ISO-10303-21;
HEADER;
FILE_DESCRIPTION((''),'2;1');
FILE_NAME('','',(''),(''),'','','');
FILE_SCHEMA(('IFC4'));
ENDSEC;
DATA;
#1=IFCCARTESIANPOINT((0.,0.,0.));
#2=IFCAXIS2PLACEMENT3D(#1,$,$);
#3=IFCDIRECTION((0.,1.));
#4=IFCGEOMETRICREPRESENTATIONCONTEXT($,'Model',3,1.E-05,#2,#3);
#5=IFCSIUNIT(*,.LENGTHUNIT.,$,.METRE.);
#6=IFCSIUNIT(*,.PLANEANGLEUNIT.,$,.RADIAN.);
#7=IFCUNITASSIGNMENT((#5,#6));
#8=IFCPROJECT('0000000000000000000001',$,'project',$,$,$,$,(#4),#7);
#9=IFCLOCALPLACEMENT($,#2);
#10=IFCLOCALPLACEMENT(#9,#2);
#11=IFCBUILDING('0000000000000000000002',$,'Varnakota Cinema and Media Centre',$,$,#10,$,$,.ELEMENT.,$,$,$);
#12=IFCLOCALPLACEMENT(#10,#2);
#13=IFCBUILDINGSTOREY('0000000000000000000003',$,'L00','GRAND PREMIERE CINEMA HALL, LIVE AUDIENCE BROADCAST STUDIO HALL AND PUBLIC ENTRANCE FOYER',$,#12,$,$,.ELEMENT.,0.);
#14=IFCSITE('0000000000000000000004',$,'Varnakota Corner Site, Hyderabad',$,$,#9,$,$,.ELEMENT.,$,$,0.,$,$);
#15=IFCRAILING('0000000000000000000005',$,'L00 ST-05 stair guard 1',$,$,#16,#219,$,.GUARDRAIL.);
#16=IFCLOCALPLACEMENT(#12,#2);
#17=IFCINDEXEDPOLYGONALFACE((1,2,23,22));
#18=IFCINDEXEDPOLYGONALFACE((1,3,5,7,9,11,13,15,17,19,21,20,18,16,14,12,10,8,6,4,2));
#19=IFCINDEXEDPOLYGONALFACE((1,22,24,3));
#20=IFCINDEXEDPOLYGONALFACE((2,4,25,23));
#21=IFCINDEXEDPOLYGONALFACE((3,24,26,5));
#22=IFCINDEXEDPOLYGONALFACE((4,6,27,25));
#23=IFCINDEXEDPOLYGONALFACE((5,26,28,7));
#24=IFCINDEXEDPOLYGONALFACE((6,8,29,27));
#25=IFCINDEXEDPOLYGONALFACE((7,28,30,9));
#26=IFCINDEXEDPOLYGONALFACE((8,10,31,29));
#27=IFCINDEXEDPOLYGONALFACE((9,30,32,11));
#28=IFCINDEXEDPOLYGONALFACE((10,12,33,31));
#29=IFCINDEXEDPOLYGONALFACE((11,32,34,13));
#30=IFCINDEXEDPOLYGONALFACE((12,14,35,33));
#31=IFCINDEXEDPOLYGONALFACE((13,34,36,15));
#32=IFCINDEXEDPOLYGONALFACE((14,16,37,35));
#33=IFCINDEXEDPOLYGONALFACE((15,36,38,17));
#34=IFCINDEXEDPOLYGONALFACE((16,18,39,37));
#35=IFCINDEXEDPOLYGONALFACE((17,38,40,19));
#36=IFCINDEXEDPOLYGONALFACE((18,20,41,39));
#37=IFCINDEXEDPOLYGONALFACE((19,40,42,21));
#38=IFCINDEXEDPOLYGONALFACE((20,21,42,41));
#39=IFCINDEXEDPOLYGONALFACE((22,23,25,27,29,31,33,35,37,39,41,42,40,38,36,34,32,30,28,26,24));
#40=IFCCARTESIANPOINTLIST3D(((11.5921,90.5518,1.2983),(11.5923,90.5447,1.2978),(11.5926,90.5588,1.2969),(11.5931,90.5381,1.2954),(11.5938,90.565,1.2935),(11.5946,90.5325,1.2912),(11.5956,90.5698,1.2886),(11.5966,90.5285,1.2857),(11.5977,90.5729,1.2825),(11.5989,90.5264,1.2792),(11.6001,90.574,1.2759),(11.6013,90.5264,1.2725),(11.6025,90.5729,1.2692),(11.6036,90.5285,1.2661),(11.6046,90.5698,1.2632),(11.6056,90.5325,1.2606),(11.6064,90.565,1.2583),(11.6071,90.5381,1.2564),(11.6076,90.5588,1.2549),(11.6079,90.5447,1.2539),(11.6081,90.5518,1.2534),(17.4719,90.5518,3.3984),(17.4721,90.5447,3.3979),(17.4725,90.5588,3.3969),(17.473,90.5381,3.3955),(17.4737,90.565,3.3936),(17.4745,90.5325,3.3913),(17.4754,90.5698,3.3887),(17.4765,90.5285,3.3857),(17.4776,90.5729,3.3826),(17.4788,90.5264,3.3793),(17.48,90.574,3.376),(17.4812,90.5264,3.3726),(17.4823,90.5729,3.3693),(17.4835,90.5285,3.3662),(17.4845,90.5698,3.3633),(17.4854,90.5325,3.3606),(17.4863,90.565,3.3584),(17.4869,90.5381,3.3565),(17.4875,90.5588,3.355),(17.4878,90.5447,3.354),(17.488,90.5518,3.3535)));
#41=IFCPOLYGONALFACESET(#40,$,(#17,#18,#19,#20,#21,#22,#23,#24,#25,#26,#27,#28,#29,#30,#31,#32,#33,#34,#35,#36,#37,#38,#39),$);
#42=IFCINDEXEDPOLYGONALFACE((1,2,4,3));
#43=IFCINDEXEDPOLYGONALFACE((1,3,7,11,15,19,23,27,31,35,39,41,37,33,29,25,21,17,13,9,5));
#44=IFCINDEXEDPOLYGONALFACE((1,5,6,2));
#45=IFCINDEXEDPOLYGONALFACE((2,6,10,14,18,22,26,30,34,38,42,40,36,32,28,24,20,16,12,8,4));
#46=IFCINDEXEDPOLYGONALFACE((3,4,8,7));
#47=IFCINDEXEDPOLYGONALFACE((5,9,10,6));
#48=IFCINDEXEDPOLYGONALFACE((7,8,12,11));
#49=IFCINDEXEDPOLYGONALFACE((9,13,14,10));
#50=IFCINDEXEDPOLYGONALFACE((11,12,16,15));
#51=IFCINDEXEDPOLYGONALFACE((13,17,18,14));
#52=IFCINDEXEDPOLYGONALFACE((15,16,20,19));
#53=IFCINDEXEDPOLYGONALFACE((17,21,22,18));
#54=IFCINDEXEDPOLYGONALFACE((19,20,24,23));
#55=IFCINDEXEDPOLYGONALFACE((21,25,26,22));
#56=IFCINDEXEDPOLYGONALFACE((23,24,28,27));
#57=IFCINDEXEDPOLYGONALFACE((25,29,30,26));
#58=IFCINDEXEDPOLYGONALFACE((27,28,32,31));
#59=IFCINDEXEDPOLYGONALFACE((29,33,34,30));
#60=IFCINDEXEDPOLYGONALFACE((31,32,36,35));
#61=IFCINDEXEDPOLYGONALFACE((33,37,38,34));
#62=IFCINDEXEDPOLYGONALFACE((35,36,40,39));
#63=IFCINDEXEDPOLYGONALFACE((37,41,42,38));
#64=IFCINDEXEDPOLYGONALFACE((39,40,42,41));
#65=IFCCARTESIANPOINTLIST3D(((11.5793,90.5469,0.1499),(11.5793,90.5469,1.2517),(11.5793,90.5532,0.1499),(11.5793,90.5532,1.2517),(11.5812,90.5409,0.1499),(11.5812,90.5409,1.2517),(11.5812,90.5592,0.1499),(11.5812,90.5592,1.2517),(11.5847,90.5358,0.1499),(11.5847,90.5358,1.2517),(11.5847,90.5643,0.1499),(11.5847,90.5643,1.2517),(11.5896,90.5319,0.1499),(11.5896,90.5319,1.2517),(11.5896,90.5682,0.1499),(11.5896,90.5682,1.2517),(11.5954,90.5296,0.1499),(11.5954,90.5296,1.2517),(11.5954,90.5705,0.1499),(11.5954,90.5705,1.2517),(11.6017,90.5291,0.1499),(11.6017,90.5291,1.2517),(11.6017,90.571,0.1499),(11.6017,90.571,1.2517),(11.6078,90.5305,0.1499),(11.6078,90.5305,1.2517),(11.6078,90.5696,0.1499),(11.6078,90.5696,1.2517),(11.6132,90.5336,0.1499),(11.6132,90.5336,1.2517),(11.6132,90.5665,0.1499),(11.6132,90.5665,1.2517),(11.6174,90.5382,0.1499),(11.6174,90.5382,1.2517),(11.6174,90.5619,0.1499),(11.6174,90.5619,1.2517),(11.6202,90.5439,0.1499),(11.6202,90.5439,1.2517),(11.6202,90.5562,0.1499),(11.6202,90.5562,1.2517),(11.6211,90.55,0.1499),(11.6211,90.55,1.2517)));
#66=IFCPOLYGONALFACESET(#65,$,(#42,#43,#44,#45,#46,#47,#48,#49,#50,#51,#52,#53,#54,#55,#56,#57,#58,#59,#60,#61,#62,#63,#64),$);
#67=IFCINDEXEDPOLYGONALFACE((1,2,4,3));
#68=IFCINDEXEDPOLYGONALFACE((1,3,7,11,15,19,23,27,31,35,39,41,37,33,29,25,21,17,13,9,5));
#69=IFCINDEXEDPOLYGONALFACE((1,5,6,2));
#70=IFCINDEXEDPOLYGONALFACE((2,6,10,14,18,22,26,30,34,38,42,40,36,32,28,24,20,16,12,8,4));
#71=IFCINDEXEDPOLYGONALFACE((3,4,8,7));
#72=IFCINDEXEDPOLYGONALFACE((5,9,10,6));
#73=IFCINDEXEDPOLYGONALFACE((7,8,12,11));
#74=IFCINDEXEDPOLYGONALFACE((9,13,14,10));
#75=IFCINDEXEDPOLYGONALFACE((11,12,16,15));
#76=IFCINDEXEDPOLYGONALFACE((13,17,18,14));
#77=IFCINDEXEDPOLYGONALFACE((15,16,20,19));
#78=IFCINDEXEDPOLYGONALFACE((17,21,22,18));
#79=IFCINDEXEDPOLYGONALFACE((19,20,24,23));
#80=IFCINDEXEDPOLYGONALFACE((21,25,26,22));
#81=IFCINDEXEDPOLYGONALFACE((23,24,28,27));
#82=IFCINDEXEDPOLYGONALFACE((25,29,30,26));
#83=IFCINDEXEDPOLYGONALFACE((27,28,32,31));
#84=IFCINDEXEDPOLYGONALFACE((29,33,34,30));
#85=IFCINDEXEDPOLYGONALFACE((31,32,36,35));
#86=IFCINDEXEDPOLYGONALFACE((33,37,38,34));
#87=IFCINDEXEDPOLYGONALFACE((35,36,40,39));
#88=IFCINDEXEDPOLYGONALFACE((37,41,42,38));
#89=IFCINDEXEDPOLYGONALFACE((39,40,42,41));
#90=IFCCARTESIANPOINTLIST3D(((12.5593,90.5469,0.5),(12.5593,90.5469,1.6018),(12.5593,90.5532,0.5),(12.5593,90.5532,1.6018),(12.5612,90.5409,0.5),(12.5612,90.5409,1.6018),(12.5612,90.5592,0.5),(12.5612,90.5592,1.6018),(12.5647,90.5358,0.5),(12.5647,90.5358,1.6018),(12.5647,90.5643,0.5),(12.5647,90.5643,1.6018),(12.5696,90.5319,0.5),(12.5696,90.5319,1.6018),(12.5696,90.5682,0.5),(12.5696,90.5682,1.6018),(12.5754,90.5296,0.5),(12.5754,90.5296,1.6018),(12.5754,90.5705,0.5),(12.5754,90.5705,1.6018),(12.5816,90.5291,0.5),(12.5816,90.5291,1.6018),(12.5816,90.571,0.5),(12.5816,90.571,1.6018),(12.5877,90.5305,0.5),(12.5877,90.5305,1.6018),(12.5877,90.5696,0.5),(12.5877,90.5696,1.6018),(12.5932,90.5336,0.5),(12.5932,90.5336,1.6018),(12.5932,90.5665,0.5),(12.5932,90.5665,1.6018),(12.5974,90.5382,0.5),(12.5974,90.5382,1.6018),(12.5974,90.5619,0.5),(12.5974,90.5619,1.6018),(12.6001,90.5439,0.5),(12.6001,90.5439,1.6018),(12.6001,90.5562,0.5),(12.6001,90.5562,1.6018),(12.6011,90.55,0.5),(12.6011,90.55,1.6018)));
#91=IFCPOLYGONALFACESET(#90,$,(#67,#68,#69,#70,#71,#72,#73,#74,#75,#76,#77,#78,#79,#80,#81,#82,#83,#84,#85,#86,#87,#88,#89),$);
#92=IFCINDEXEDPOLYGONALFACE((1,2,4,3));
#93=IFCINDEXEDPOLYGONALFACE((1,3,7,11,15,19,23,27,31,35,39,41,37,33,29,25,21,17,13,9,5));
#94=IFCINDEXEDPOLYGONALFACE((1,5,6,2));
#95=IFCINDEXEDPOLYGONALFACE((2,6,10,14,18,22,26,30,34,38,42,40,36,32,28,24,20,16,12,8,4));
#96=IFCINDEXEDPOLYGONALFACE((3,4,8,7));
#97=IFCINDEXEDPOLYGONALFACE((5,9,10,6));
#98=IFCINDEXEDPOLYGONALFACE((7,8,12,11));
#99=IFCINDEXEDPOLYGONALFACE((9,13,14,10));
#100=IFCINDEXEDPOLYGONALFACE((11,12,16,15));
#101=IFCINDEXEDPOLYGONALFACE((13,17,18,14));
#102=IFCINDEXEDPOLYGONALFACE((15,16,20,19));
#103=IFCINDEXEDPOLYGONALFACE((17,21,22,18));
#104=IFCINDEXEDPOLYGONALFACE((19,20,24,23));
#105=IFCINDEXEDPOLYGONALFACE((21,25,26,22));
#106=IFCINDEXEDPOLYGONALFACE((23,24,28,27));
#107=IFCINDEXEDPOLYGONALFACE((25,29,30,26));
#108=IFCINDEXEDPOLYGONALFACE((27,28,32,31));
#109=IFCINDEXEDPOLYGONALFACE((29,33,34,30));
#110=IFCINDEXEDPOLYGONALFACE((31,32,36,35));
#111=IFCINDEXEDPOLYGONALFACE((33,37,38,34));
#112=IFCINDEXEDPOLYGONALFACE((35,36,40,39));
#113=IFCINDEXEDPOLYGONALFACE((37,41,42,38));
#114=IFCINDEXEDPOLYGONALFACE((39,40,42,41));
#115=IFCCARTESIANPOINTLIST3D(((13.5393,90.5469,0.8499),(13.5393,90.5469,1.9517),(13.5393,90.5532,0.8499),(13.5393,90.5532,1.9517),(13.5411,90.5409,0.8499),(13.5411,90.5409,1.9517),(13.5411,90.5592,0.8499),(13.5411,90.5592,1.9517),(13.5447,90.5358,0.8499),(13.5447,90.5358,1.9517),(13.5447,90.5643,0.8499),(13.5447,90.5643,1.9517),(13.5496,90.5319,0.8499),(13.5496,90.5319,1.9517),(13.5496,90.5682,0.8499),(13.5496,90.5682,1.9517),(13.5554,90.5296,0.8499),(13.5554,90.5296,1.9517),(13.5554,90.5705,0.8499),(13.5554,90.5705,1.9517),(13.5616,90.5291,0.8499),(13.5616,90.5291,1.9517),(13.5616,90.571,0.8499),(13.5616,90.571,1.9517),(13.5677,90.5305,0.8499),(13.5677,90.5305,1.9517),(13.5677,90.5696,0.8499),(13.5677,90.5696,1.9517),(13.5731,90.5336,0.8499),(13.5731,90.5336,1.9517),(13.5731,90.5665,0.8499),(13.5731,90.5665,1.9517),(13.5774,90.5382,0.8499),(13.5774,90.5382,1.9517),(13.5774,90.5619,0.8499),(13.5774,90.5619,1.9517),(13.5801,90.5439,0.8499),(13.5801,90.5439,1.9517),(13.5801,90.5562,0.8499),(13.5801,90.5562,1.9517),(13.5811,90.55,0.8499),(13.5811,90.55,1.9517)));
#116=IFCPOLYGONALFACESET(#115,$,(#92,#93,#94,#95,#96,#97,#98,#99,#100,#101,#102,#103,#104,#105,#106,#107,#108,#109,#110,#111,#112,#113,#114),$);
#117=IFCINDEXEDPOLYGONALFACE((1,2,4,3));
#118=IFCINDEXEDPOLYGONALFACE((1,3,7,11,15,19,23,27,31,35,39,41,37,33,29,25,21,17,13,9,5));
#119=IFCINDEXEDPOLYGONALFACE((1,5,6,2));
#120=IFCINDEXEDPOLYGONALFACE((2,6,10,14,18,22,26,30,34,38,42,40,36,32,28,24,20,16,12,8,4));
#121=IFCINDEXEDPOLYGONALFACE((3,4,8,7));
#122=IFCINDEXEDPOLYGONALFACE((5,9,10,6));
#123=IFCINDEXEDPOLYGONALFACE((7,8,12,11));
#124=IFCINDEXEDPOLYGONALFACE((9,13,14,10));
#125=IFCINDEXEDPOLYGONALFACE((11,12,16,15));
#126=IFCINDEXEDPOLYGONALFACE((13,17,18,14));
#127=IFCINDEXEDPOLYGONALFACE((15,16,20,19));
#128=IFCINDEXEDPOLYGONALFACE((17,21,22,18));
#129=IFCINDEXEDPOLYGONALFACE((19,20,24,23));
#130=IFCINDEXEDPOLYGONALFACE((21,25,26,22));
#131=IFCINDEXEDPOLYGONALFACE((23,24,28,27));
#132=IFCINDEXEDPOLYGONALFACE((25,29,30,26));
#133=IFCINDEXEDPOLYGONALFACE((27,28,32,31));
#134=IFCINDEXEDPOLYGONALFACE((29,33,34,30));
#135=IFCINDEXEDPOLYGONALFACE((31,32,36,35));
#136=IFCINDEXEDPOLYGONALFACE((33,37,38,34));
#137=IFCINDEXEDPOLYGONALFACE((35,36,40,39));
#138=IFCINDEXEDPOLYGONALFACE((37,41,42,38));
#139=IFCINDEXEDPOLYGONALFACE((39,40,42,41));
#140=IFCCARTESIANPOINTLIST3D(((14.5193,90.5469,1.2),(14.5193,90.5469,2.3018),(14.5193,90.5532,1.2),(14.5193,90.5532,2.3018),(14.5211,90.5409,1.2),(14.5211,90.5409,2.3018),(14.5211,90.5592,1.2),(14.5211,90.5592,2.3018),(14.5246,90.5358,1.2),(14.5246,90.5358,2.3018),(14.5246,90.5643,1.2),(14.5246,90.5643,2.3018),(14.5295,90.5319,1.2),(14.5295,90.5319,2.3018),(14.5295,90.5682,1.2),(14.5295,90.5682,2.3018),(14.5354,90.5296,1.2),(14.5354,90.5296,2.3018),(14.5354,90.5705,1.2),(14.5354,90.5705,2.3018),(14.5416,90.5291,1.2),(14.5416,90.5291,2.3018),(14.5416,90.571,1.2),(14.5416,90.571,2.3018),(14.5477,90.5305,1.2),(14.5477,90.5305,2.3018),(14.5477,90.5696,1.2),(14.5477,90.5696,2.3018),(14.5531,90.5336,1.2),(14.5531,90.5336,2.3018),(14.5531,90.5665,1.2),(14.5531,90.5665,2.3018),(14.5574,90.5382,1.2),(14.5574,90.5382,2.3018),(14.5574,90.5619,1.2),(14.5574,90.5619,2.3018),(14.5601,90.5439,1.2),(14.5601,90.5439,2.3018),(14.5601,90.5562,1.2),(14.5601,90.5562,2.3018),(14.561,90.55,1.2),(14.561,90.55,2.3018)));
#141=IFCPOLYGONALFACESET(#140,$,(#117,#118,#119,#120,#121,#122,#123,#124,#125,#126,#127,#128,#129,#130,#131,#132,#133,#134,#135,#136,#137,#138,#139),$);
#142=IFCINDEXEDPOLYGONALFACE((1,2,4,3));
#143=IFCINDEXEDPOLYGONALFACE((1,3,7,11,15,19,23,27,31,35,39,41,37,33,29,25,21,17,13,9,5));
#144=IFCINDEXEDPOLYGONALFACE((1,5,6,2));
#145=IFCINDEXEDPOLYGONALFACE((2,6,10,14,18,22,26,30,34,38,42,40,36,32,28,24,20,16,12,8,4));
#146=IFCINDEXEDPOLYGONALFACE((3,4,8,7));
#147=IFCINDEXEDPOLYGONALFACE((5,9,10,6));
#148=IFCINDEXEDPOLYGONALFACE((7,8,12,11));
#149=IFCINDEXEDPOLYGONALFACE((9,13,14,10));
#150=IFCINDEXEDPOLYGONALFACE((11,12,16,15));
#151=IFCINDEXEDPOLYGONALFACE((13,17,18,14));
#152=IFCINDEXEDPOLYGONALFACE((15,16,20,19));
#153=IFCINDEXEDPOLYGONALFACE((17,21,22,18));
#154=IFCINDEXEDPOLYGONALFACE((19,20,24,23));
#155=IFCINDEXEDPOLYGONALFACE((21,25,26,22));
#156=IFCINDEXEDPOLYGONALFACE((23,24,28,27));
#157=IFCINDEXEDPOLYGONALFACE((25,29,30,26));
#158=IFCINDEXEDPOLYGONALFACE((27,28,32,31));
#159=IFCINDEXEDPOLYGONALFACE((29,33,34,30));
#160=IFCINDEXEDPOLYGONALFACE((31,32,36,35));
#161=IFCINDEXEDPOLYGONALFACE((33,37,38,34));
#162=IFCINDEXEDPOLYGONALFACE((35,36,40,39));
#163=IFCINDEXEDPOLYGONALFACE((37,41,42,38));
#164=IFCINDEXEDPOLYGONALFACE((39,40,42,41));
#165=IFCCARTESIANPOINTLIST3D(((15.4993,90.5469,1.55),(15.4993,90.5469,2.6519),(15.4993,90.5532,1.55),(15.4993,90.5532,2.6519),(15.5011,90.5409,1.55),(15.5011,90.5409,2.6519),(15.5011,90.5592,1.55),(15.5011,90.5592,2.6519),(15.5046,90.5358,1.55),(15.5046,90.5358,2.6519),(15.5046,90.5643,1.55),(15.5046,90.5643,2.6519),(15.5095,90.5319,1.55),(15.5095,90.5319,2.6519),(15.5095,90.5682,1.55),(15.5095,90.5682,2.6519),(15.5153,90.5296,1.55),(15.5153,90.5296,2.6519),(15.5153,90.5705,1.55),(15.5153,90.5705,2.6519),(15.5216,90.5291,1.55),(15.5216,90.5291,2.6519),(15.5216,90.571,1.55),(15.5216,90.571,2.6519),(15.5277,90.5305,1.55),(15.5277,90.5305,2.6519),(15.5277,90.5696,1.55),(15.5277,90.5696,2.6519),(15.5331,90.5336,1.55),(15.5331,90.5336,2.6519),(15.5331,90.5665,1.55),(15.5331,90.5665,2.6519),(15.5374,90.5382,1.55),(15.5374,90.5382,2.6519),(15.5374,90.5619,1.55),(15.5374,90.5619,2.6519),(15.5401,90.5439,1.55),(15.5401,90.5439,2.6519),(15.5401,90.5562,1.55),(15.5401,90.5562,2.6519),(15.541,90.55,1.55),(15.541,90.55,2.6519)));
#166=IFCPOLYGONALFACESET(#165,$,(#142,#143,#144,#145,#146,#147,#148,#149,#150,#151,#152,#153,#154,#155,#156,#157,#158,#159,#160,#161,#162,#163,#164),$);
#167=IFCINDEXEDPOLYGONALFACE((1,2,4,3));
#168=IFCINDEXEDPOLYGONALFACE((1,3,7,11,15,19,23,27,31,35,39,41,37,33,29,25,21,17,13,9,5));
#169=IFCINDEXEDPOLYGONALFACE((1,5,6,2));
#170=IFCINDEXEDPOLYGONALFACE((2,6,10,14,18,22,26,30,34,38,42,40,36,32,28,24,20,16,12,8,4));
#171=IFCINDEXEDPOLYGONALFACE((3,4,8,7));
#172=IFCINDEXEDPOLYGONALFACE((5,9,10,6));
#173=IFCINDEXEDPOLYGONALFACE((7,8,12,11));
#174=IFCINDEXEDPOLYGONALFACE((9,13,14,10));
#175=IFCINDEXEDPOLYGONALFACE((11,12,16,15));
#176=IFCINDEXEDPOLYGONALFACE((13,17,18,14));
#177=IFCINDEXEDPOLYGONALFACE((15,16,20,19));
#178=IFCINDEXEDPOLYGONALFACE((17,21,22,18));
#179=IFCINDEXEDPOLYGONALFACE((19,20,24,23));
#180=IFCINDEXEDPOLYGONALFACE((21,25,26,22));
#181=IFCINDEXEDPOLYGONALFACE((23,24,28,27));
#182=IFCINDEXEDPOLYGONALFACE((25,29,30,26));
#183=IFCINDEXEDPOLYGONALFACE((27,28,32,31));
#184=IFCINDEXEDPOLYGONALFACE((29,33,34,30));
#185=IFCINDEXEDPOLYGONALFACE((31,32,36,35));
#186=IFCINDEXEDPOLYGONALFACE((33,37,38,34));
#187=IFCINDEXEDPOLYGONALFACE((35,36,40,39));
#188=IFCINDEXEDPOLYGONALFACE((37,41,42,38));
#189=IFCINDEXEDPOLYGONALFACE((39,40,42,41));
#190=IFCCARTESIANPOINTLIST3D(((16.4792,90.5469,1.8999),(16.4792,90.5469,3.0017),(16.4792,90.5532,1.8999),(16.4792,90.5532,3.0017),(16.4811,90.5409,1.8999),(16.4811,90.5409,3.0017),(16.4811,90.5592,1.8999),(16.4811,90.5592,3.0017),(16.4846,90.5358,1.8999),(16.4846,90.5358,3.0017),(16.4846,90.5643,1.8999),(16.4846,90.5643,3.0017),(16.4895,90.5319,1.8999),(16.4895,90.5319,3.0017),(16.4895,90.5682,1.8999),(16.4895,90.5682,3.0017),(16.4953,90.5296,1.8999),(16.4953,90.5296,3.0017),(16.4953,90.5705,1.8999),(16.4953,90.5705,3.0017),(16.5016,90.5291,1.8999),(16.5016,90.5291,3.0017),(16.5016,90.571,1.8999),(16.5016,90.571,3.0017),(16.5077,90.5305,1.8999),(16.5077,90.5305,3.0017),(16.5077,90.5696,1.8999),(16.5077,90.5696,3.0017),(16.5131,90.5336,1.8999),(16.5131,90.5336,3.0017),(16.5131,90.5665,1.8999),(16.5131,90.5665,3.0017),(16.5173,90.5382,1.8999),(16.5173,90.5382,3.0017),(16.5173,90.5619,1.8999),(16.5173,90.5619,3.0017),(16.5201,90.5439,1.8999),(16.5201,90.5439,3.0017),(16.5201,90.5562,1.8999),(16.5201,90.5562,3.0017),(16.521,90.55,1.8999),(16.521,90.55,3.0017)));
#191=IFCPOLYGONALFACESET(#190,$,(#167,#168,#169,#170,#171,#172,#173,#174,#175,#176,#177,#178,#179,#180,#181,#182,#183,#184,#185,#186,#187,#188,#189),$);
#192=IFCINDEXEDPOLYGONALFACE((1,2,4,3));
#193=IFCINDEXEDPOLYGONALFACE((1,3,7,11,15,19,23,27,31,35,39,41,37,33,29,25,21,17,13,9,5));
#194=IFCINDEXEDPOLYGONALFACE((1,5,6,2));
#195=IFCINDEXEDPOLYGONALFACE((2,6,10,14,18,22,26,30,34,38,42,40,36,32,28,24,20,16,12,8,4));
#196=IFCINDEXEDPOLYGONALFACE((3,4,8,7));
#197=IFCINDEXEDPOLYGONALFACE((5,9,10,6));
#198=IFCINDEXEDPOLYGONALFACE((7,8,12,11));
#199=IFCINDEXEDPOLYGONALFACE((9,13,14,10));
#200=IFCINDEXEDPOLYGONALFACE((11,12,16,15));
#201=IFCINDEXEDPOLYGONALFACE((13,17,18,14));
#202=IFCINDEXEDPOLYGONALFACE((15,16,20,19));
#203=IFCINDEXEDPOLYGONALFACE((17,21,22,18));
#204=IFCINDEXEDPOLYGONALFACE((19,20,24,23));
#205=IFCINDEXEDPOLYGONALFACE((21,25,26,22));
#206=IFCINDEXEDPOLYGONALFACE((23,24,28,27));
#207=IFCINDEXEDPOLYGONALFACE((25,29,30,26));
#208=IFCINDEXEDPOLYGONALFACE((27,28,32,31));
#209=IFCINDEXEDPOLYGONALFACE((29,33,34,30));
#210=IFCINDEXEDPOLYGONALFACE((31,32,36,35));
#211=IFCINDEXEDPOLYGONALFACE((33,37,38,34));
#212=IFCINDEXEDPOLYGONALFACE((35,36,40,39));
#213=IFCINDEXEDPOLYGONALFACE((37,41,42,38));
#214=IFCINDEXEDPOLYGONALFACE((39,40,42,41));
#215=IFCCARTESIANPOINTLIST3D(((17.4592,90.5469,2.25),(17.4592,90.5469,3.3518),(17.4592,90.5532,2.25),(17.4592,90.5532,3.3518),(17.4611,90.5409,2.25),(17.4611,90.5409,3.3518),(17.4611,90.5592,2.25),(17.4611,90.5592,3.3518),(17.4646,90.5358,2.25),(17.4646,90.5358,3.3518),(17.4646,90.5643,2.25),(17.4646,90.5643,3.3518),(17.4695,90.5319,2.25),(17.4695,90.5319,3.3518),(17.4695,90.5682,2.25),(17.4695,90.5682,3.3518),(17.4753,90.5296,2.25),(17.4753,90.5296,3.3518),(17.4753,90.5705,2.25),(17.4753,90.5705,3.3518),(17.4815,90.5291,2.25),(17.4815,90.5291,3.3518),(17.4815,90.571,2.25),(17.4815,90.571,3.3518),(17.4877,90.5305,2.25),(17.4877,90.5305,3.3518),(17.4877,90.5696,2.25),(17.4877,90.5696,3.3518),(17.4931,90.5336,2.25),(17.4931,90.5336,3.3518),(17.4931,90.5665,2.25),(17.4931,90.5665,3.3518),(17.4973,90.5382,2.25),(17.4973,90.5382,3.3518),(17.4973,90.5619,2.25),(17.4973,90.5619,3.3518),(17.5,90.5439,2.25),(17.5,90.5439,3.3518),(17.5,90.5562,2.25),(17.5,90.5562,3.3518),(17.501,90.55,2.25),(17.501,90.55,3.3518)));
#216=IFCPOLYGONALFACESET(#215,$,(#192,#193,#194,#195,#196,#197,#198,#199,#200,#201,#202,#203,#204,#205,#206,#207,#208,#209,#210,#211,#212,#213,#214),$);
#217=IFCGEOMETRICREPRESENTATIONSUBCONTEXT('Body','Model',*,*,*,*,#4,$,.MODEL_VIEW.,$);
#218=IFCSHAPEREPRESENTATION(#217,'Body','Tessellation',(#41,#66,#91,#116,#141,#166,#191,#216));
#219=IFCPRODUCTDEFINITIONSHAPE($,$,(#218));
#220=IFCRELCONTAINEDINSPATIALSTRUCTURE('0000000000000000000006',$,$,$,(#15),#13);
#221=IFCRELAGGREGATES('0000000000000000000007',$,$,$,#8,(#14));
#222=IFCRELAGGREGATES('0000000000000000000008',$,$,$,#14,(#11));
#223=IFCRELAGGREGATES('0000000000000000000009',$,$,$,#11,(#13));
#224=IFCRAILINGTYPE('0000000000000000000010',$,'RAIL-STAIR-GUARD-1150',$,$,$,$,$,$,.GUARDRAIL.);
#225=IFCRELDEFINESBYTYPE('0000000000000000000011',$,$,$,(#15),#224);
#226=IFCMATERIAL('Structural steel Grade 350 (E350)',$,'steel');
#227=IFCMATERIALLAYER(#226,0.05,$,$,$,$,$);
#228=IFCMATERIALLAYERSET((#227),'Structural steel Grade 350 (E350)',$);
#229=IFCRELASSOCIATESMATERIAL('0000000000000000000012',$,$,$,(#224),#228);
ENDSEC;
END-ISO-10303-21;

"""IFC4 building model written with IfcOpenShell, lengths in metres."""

from ifc_helpers import new_model, si_unit, direction, frame, origin, origin_2d, place, context, subcontext, project, spatial, circle, extrude, material, layer, layer_set, type_object, element, save


model = new_model("IFC4")

# Units and contexts
model_context = context("Model", 3, precision=1e-05, world=origin(), true_north=direction((0.0, 1.0)))
body_context = subcontext(model_context, "Body", "Model", "MODEL_VIEW")
ifc_project = project(units=[si_unit("LENGTHUNIT", "METRE"), si_unit("PLANEANGLEUNIT", "RADIAN")], contexts=[model_context])

# Site, building, storey
site_placement = place(None, origin())
site = spatial("IfcSite", under=ifc_project, at=site_placement, Name="Varnakota Corner Site, Hyderabad", CompositionType="ELEMENT", RefElevation=0.0)
building_placement = place(site_placement, origin())
building = spatial("IfcBuilding", under=site, at=building_placement, Name="Varnakota Cinema and Media Centre", CompositionType="ELEMENT")
storey_placement = place(building_placement, origin())
storey = spatial("IfcBuildingStorey", under=building, at=storey_placement, Name="L00", Description="GRAND PREMIERE CINEMA HALL, LIVE AUDIENCE BROADCAST STUDIO HALL AND PUBLIC ENTRANCE FOYER", CompositionType="ELEMENT", Elevation=0.0)

# Railing
ifc_material_1 = material(Name="Structural steel Grade 350 (E350)", Category="steel")
ifc_layer_1 = layer(ifc_material_1, 0.05)
ifc_layer_set_1 = layer_set([ifc_layer_1], Name="Structural steel Grade 350 (E350)")
railing_type_1 = type_object("IfcRailingType", Name="RAIL-STAIR-GUARD-1150", PredefinedType="GUARDRAIL", material=ifc_layer_set_1)
railing_1_placement = place(storey_placement, frame((11.6001, 90.55, 0.1499)))
element("IfcRailing", 1, at=railing_1_placement, inside=storey, type_object=railing_type_1, Name="L00 ST-05 stair guard 1", PredefinedType="GUARDRAIL", context=body_context, shape_type="SweptSolid", body=[
    extrude(circle(Radius=0.0239, at=origin_2d()), frame((0.0, 0.0, 1.126), z_axis=(0.941735, 0.0, 0.336356), x_axis=(0.0, 1.0, 0.0)), (0.0, 0.0, 1.0), 6.2437),
    extrude(circle(Radius=0.021, at=origin_2d()), origin(), (0.0, 0.0, 1.0), 1.1018),
    extrude(circle(Radius=0.021, at=origin_2d()), frame((0.98, 0.0, 0.3501)), (0.0, 0.0, 1.0), 1.1018),
    extrude(circle(Radius=0.021, at=origin_2d()), frame((1.96, 0.0, 0.7)), (0.0, 0.0, 1.0), 1.1018),
    extrude(circle(Radius=0.021, at=origin_2d()), frame((2.9399, 0.0, 1.05)), (0.0, 0.0, 1.0), 1.1018),
    extrude(circle(Radius=0.021, at=origin_2d()), frame((3.9199, 0.0, 1.4001)), (0.0, 0.0, 1.0), 1.1018),
    extrude(circle(Radius=0.021, at=origin_2d()), frame((4.8999, 0.0, 1.75)), (0.0, 0.0, 1.0), 1.1018),
    extrude(circle(Radius=0.021, at=origin_2d()), frame((5.8799, 0.0, 2.1001)), (0.0, 0.0, 1.0), 1.1018),
])

save(model, "model.ifc")
